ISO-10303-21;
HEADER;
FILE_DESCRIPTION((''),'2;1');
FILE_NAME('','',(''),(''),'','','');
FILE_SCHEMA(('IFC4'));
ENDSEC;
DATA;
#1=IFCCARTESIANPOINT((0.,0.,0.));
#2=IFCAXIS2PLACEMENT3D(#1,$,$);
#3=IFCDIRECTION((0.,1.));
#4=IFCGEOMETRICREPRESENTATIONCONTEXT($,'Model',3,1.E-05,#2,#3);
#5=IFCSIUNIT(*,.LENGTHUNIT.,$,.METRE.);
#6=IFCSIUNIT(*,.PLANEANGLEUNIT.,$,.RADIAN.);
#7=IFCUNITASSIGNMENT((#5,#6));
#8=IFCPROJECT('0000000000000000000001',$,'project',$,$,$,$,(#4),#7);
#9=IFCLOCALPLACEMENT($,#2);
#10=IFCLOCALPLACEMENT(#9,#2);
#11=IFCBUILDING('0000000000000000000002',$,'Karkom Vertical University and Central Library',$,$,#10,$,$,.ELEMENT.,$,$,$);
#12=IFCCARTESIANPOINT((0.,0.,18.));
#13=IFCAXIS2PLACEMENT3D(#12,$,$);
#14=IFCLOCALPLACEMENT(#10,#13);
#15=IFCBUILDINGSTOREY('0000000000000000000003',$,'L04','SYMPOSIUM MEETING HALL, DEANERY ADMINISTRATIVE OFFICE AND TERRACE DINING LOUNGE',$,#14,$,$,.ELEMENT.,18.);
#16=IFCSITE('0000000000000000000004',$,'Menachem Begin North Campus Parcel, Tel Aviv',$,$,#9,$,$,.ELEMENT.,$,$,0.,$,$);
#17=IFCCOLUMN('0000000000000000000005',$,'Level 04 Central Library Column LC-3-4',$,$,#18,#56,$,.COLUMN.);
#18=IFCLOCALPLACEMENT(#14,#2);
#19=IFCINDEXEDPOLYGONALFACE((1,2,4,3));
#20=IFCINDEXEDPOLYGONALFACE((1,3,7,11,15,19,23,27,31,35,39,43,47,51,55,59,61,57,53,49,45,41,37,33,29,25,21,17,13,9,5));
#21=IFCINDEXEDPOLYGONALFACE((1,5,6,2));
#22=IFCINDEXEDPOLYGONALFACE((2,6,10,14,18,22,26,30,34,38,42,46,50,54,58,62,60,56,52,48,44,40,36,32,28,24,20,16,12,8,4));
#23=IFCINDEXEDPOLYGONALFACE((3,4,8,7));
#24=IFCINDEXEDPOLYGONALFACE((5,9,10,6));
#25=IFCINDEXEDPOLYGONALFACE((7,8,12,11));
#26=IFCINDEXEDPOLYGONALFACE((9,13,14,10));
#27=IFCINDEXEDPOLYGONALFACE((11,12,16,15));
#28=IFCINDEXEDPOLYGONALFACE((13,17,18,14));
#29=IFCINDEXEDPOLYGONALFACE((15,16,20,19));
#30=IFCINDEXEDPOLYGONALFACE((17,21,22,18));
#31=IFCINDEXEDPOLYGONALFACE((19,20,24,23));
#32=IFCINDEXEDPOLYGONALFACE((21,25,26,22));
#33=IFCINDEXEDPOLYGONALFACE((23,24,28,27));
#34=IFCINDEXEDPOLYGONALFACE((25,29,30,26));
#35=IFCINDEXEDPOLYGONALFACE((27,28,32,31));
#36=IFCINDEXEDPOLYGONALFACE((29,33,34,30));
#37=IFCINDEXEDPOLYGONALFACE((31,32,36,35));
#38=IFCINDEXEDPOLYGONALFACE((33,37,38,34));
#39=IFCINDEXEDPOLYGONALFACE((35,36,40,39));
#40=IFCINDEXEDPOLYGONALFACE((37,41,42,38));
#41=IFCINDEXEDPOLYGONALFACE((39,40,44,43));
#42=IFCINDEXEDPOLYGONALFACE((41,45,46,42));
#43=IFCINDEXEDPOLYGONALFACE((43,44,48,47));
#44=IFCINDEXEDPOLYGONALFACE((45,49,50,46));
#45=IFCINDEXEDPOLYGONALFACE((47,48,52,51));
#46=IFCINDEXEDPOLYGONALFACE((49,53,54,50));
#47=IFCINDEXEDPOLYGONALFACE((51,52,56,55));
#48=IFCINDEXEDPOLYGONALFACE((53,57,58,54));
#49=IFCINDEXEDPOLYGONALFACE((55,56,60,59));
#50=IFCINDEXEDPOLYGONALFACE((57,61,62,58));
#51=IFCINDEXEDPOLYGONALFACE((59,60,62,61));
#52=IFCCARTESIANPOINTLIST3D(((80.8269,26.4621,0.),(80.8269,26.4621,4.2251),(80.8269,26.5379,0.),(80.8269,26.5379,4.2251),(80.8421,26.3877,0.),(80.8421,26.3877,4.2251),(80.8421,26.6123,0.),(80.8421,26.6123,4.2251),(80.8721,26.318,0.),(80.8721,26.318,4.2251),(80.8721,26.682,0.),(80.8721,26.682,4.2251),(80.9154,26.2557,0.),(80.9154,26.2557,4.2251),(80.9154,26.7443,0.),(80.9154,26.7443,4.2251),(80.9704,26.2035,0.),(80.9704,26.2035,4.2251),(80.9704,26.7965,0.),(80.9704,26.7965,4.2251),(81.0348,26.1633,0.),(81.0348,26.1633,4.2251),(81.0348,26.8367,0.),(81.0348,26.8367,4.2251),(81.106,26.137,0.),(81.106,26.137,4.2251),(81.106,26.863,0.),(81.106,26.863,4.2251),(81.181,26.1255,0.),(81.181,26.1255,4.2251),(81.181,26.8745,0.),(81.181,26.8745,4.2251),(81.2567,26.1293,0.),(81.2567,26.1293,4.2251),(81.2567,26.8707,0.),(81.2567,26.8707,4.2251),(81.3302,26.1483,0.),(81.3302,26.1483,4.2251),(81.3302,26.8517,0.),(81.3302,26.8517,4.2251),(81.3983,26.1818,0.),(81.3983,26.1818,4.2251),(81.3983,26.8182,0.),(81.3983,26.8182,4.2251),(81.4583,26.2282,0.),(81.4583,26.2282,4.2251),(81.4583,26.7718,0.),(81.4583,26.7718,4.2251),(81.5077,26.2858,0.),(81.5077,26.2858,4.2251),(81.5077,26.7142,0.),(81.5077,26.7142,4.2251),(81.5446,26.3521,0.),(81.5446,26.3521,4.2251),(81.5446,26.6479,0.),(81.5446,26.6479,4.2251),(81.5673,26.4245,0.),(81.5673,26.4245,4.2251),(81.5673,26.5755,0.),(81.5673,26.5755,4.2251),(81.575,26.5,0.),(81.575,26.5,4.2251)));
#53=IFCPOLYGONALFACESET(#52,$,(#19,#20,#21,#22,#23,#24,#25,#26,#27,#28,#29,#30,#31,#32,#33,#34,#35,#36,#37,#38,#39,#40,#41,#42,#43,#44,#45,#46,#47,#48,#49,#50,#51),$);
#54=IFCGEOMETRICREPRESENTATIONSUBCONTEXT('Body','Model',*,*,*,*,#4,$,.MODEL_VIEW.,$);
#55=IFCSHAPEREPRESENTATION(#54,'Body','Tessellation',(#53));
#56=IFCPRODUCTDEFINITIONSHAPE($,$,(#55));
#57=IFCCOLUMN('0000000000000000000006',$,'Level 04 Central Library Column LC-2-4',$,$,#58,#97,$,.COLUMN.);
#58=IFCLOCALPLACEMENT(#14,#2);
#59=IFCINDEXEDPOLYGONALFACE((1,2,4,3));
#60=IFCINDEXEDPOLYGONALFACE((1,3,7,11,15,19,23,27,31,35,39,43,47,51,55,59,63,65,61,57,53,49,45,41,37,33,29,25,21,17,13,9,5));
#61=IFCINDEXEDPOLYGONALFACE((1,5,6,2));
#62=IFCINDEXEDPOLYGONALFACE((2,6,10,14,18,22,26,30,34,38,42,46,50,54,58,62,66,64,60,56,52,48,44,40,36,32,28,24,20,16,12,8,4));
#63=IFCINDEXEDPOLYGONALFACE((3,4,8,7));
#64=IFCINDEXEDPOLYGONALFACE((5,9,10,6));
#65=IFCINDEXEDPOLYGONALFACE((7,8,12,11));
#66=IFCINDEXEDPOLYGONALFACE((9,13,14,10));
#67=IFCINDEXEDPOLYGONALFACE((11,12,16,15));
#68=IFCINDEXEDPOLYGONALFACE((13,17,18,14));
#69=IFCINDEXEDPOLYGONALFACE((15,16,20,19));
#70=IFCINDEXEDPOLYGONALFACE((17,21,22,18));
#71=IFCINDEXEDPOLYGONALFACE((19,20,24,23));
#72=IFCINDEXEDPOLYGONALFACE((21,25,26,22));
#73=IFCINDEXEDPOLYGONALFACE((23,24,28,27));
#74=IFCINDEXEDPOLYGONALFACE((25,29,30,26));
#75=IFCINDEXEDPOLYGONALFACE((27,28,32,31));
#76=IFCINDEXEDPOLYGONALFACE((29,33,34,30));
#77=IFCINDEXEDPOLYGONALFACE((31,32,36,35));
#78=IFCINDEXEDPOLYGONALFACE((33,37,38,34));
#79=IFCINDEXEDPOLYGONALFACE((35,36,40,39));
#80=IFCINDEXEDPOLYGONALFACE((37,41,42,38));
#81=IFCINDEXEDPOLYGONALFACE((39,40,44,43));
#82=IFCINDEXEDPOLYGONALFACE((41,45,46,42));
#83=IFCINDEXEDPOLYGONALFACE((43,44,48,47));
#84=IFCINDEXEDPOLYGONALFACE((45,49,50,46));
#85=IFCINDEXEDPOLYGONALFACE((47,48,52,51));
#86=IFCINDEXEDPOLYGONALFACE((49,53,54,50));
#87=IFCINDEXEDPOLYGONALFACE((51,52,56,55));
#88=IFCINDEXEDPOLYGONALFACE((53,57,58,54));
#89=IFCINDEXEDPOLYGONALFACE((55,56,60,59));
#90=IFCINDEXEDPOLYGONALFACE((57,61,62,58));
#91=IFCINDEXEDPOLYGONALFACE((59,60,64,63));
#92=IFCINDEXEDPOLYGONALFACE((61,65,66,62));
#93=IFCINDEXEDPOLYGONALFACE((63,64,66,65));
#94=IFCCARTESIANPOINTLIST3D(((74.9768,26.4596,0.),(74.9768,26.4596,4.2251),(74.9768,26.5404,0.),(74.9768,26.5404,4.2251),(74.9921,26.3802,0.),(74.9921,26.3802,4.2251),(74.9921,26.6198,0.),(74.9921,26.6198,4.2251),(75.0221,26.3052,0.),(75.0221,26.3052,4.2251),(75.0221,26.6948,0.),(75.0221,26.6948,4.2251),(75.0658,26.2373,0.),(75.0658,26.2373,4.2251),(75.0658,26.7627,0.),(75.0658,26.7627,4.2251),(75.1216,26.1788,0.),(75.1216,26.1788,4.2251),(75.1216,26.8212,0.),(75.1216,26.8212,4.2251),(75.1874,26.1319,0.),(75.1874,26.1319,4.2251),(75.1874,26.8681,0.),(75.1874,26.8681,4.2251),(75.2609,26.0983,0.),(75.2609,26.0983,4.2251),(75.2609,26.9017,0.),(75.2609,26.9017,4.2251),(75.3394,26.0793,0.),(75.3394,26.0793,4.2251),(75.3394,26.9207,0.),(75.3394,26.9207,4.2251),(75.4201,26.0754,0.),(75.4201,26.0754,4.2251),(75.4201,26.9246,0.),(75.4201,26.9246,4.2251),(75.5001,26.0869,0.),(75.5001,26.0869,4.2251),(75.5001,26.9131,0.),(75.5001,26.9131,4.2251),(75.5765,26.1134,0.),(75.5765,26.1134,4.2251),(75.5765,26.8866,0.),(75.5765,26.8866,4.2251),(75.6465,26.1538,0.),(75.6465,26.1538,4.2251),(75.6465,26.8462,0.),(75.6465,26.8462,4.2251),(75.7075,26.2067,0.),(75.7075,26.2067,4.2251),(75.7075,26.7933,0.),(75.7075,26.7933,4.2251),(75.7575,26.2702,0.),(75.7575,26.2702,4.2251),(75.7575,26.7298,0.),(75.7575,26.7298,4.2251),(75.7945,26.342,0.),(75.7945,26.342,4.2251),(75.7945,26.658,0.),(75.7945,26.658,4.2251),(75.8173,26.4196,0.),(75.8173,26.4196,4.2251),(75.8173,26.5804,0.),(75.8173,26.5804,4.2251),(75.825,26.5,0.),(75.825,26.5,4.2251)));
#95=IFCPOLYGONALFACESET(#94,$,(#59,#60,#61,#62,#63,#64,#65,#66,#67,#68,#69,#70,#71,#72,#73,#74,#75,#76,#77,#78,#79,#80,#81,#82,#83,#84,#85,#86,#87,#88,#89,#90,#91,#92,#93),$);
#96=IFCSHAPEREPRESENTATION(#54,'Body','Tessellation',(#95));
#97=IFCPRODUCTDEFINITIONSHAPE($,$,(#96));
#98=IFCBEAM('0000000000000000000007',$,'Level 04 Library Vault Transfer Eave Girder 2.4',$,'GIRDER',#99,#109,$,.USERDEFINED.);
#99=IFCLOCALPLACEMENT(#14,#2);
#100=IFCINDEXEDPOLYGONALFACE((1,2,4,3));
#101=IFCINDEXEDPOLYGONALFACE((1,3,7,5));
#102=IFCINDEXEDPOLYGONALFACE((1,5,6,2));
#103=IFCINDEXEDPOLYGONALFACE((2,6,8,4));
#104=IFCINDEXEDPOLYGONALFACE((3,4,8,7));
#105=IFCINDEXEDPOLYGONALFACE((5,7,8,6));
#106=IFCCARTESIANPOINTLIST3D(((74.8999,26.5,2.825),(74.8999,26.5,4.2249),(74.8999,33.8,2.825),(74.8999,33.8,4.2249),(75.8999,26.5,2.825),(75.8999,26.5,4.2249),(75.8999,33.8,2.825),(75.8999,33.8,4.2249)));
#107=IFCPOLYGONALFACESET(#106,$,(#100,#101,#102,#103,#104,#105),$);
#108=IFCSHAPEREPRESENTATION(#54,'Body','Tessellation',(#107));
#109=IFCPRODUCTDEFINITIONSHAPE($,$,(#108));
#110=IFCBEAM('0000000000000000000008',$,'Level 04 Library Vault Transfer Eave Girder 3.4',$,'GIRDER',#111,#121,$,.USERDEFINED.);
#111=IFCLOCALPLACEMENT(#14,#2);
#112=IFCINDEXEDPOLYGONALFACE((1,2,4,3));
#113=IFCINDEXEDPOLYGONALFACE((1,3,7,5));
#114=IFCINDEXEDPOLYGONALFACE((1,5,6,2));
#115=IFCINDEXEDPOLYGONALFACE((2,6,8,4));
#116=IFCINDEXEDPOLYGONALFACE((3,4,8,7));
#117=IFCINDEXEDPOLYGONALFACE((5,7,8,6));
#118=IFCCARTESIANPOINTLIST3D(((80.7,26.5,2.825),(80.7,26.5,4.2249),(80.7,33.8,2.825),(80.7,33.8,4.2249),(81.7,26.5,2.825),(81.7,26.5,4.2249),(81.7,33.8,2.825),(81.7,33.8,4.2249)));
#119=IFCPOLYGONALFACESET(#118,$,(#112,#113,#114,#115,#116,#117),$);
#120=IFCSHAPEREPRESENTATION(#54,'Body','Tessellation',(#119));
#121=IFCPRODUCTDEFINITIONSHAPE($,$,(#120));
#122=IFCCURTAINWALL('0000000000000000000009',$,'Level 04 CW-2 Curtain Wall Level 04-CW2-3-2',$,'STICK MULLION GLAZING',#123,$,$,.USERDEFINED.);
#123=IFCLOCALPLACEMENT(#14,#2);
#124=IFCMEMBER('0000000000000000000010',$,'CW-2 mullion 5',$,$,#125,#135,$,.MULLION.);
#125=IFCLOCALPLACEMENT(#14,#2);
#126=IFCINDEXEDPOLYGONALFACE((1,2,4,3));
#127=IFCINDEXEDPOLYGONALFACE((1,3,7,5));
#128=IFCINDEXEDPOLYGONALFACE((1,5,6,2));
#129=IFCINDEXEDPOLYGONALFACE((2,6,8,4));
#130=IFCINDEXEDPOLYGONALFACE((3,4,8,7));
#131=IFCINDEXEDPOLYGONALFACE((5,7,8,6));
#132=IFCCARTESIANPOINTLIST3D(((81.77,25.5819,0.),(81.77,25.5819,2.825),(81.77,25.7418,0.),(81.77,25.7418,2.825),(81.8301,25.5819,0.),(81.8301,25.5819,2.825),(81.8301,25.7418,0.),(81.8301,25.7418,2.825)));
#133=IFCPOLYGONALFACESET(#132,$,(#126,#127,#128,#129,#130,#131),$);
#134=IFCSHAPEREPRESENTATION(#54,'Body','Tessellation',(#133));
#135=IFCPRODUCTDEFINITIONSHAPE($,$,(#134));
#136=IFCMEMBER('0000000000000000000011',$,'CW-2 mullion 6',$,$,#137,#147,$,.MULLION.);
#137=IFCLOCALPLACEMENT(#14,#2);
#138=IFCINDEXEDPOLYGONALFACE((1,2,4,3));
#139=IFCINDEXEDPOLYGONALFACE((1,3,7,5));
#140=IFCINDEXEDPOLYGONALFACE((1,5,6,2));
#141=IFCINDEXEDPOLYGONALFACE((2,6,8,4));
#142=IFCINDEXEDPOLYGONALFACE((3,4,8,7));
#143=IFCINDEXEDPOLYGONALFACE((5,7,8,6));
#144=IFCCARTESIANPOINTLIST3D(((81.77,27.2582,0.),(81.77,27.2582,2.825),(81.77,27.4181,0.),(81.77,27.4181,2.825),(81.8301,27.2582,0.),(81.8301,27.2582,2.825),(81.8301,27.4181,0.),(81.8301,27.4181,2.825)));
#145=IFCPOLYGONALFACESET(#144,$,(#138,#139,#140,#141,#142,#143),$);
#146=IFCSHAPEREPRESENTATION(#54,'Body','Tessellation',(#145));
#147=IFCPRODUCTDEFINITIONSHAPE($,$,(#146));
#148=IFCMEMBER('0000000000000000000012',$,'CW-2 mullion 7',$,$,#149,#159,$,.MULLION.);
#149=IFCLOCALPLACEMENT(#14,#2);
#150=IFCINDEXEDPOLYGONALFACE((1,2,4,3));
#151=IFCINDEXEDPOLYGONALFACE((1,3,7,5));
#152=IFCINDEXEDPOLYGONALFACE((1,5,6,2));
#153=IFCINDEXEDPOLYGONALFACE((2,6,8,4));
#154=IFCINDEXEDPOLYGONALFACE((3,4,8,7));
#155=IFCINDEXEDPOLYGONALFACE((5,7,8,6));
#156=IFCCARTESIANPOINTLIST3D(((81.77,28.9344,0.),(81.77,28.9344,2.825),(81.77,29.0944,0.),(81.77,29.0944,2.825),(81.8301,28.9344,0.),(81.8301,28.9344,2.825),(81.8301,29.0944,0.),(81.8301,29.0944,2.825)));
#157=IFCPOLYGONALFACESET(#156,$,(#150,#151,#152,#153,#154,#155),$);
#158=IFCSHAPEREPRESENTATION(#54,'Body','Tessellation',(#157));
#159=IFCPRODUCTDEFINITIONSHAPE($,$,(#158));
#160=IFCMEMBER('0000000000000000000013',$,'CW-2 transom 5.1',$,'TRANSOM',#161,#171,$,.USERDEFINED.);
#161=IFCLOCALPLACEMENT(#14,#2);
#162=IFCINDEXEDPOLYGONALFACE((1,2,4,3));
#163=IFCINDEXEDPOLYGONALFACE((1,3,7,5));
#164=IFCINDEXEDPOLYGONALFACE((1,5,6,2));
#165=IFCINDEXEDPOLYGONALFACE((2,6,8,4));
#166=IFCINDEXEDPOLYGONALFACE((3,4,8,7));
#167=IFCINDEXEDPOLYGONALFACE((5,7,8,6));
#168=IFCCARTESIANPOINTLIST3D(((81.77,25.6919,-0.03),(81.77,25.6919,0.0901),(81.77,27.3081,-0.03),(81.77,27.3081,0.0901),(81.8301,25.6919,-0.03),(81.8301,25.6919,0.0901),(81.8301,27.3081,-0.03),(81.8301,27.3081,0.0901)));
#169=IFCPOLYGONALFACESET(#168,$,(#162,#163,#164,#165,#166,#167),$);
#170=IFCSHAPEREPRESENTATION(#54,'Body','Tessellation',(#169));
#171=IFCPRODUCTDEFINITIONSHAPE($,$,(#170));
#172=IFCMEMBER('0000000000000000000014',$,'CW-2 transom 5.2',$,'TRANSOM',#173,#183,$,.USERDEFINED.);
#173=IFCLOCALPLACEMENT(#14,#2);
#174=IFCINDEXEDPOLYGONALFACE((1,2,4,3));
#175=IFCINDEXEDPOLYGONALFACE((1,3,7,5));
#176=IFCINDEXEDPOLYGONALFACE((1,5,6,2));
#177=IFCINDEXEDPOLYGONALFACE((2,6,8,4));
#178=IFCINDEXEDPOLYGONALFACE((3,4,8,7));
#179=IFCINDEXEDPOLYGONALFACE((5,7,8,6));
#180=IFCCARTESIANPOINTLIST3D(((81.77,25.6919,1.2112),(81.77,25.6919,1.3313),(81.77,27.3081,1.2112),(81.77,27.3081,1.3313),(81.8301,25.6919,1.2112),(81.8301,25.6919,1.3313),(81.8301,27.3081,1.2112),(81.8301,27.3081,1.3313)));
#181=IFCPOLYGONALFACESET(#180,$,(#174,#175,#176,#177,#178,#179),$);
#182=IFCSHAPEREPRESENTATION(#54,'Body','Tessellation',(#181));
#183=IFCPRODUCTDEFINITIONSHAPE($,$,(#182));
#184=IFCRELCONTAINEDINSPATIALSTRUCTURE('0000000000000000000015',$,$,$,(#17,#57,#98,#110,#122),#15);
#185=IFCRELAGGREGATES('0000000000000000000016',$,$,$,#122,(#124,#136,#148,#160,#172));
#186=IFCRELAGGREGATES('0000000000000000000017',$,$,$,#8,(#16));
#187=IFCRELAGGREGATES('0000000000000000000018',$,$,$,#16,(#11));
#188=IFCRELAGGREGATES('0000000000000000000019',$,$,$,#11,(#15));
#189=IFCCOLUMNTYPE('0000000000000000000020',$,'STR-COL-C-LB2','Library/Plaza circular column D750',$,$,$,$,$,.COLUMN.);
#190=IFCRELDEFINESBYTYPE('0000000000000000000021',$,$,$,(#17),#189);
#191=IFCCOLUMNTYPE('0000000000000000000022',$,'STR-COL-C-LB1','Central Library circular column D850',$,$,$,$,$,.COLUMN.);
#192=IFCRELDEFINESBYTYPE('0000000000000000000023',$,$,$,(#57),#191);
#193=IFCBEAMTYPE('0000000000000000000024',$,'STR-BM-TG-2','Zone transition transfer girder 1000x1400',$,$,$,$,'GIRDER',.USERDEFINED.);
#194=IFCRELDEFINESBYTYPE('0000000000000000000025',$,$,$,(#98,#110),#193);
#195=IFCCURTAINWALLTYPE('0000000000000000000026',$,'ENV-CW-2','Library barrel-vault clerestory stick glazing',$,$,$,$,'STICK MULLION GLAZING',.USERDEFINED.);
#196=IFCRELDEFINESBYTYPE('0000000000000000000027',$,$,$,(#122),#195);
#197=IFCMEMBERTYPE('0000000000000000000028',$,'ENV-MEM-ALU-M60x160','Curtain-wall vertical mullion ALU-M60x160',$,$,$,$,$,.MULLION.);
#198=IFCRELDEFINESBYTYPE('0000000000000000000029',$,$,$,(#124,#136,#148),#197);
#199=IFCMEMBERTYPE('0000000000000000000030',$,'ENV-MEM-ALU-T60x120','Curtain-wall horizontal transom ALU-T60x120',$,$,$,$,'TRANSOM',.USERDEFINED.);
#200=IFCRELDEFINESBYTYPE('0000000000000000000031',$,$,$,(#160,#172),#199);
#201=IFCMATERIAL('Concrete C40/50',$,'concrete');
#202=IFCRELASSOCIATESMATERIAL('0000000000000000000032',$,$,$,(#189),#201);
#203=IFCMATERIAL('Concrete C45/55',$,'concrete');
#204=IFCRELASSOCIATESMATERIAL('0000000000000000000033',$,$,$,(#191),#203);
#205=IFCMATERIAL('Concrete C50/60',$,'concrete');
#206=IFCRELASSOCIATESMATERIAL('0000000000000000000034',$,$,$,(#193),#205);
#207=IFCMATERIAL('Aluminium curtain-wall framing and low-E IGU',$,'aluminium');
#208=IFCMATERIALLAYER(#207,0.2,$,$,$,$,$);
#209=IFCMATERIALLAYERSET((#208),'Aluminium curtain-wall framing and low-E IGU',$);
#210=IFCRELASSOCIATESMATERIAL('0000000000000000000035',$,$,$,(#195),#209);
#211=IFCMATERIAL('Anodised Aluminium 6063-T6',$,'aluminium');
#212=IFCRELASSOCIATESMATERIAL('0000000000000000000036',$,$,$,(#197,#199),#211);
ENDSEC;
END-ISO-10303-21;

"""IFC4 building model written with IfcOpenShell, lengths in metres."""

from ifc_helpers import new_model, si_unit, direction, frame, origin, origin_with_axes, origin_2d, place, context, subcontext, project, spatial, rectangle, circle, extrude, source, transform, mapped, material, layer, layer_set, material_profile, profile_set, type_object, element, aggregate, save


model = new_model("IFC4")

# Units and contexts
model_context = context("Model", 3, precision=1e-05, world=origin(), true_north=direction((0.0, 1.0)))
body_context = subcontext(model_context, "Body", "Model", "MODEL_VIEW")
ifc_project = project(units=[si_unit("LENGTHUNIT", "METRE"), si_unit("PLANEANGLEUNIT", "RADIAN")], contexts=[model_context])

# Site, building, storey
site_placement = place(None, origin())
site = spatial("IfcSite", under=ifc_project, at=site_placement, Name="Menachem Begin North Campus Parcel, Tel Aviv", CompositionType="ELEMENT", RefElevation=0.0)
building_placement = place(site_placement, origin())
building = spatial("IfcBuilding", under=site, at=building_placement, Name="Karkom Vertical University and Central Library", CompositionType="ELEMENT")
storey_placement = place(building_placement, frame((0.0, 0.0, 18.0)))
storey = spatial("IfcBuildingStorey", under=building, at=storey_placement, Name="L04", Description="SYMPOSIUM MEETING HALL, DEANERY ADMINISTRATIVE OFFICE AND TERRACE DINING LOUNGE", CompositionType="ELEMENT", Elevation=18.0)

# Columns
ifc_material_1 = material(Name="Concrete C40/50", Category="concrete")
ifc_material_profile_1 = material_profile(ifc_material_1, circle(Radius=0.375, at=origin_2d()), Name="RC-D750")
ifc_profile_set_1 = profile_set([ifc_material_profile_1], Name="Concrete C40/50")
column_type_1 = type_object("IfcColumnType", Name="STR-COL-C-LB2", Description="Library/Plaza circular column D750", PredefinedType="COLUMN", material=ifc_profile_set_1)
shared_shape_1 = source(origin_with_axes(), body_context, "Body", "SweptSolid", [
    extrude(circle(Radius=0.375, at=origin_2d()), origin(), (0.0, 0.0, 1.0), 4.2251),
])
column_1_placement = place(storey_placement, frame((81.2, 26.5, 0.0), z_axis=(0.0, 0.0, 1.0), x_axis=(1.0, 0.0, 0.0)))
element("IfcColumn", 1, at=column_1_placement, inside=storey, type_object=column_type_1, Name="Level 04 Central Library Column LC-3-4", PredefinedType="COLUMN", context=body_context, shape_type="MappedRepresentation", body=[
    mapped(shared_shape_1, transform((0.0, 0.0, 0.0), scale=1.0)),
])
ifc_material_2 = material(Name="Concrete C45/55", Category="concrete")
ifc_material_profile_2 = material_profile(ifc_material_2, circle(Radius=0.425, at=origin_2d()), Name="RC-D850")
ifc_profile_set_2 = profile_set([ifc_material_profile_2], Name="Concrete C45/55")
column_type_2 = type_object("IfcColumnType", Name="STR-COL-C-LB1", Description="Central Library circular column D850", PredefinedType="COLUMN", material=ifc_profile_set_2)
shared_shape_2 = source(origin_with_axes(), body_context, "Body", "SweptSolid", [
    extrude(circle(Radius=0.425, at=origin_2d()), origin(), (0.0, 0.0, 1.0), 4.2251),
])
column_2_placement = place(storey_placement, frame((75.3999, 26.5, 0.0), z_axis=(0.0, 0.0, 1.0), x_axis=(1.0, 0.0, 0.0)))
element("IfcColumn", 2, at=column_2_placement, inside=storey, type_object=column_type_2, Name="Level 04 Central Library Column LC-2-4", PredefinedType="COLUMN", context=body_context, shape_type="MappedRepresentation", body=[
    mapped(shared_shape_2, transform((0.0, 0.0, 0.0), scale=1.0)),
])

# Beams
ifc_material_3 = material(Name="Concrete C50/60", Category="concrete")
ifc_material_profile_3 = material_profile(ifc_material_3, rectangle(XDim=1.0, YDim=1.3999, at=origin_2d()), Name="TG-1000x1400")
ifc_profile_set_3 = profile_set([ifc_material_profile_3], Name="Concrete C50/60")
beam_type = type_object("IfcBeamType", Name="STR-BM-TG-2", Description="Zone transition transfer girder 1000x1400", ElementType="GIRDER", PredefinedType="USERDEFINED", material=ifc_profile_set_3)
shared_shape_3 = source(origin_with_axes(), body_context, "Body", "SweptSolid", [
    extrude(rectangle(XDim=1.0, YDim=1.3999, at=origin_2d()), origin(), (0.0, 0.0, 1.0), 7.3),
])
for number, where, z_axis, x_axis, name in (
    (3, (75.3999, 26.5, 3.5249), (0.0, 1.0, 0.0), (-1.0, 0.0, 0.0), "Level 04 Library Vault Transfer Eave Girder 2.4"),
    (4, (81.2, 26.5, 3.5249), (0.0, 1.0, 0.0), (-1.0, 0.0, 0.0), "Level 04 Library Vault Transfer Eave Girder 3.4"),
):
    element("IfcBeam", number, at=place(storey_placement, frame(where, z_axis=z_axis, x_axis=x_axis)), inside=storey, type_object=beam_type, Name=name, ObjectType="GIRDER", PredefinedType="USERDEFINED", context=body_context, shape_type="MappedRepresentation", body=[
        mapped(shared_shape_3, transform((0.0, 0.0, 0.0), scale=1.0)),
    ])

# Curtain wall, members
ifc_material_4 = material(Name="Aluminium curtain-wall framing and low-E IGU", Category="aluminium")
ifc_layer_1 = layer(ifc_material_4, 0.2)
ifc_layer_set_1 = layer_set([ifc_layer_1], Name="Aluminium curtain-wall framing and low-E IGU")
curtain_wall_type = type_object("IfcCurtainWallType", Name="ENV-CW-2", Description="Library barrel-vault clerestory stick glazing", ElementType="STICK MULLION GLAZING", PredefinedType="USERDEFINED", material=ifc_layer_set_1)
curtain_wall_placement = place(storey_placement, origin())
curtain_wall = element("IfcCurtainWall", 5, at=curtain_wall_placement, inside=storey, type_object=curtain_wall_type, Name="Level 04 CW-2 Curtain Wall Level 04-CW2-3-2", ObjectType="STICK MULLION GLAZING", PredefinedType="USERDEFINED")
ifc_material_5 = material(Name="Anodised Aluminium 6063-T6", Category="aluminium")
ifc_material_profile_4 = material_profile(ifc_material_5, rectangle(XDim=0.0601, YDim=0.1599, at=origin_2d()), Name="ALU-M60x160")
ifc_profile_set_4 = profile_set([ifc_material_profile_4], Name="Anodised Aluminium 6063-T6")
member_type_1 = type_object("IfcMemberType", Name="ENV-MEM-ALU-M60x160", Description="Curtain-wall vertical mullion ALU-M60x160", PredefinedType="MULLION", material=ifc_profile_set_4)
shared_shape_4 = source(origin_with_axes(), body_context, "Body", "SweptSolid", [
    extrude(rectangle(XDim=0.0601, YDim=0.1599, at=origin_2d()), origin(), (0.0, 0.0, 1.0), 2.825),
])
member_1_placement = place(storey_placement, frame((81.8, 25.6619, 0.0), z_axis=(0.0, 0.0, 1.0), x_axis=(-1.0, 0.0, 0.0)))
member_1 = element("IfcMember", 6, at=member_1_placement, type_object=member_type_1, Name="CW-2 mullion 5", PredefinedType="MULLION", context=body_context, shape_type="MappedRepresentation", body=[
    mapped(shared_shape_4, transform((0.0, 0.0, 0.0), scale=1.0)),
])
member_2_placement = place(storey_placement, frame((81.8, 27.3381, 0.0), z_axis=(0.0, 0.0, 1.0), x_axis=(-1.0, 0.0, 0.0)))
member_2 = element("IfcMember", 7, at=member_2_placement, type_object=member_type_1, Name="CW-2 mullion 6", PredefinedType="MULLION", context=body_context, shape_type="MappedRepresentation", body=[
    mapped(shared_shape_4, transform((0.0, 0.0, 0.0), scale=1.0)),
])
member_3_placement = place(storey_placement, frame((81.8, 29.0144, 0.0), z_axis=(0.0, 0.0, 1.0), x_axis=(-1.0, 0.0, 0.0)))
member_3 = element("IfcMember", 8, at=member_3_placement, type_object=member_type_1, Name="CW-2 mullion 7", PredefinedType="MULLION", context=body_context, shape_type="MappedRepresentation", body=[
    mapped(shared_shape_4, transform((0.0, 0.0, 0.0), scale=1.0)),
])
ifc_material_profile_5 = material_profile(ifc_material_5, rectangle(XDim=0.0601, YDim=0.1201, at=origin_2d()), Name="ALU-T60x120")
ifc_profile_set_5 = profile_set([ifc_material_profile_5], Name="Anodised Aluminium 6063-T6")
member_type_2 = type_object("IfcMemberType", Name="ENV-MEM-ALU-T60x120", Description="Curtain-wall horizontal transom ALU-T60x120", ElementType="TRANSOM", PredefinedType="USERDEFINED", material=ifc_profile_set_5)
shared_shape_5 = source(origin_with_axes(), body_context, "Body", "SweptSolid", [
    extrude(rectangle(XDim=0.0601, YDim=0.1201, at=origin_2d()), origin(), (0.0, 0.0, 1.0), 1.6162),
])
member_4_placement = place(storey_placement, frame((81.8, 25.6919, 0.03), z_axis=(0.0, 1.0, 0.0), x_axis=(-1.0, 0.0, 0.0)))
member_4 = element("IfcMember", 9, at=member_4_placement, type_object=member_type_2, Name="CW-2 transom 5.1", ObjectType="TRANSOM", PredefinedType="USERDEFINED", context=body_context, shape_type="MappedRepresentation", body=[
    mapped(shared_shape_5, transform((0.0, 0.0, 0.0), scale=1.0)),
])
member_5_placement = place(storey_placement, frame((81.8, 25.6919, 1.2712), z_axis=(0.0, 1.0, 0.0), x_axis=(-1.0, 0.0, 0.0)))
member_5 = element("IfcMember", 10, at=member_5_placement, type_object=member_type_2, Name="CW-2 transom 5.2", ObjectType="TRANSOM", PredefinedType="USERDEFINED", context=body_context, shape_type="MappedRepresentation", body=[
    mapped(shared_shape_5, transform((0.0, 0.0, 0.0), scale=1.0)),
])
aggregate(curtain_wall, [member_1, member_2, member_3, member_4, member_5])

save(model, "model.ifc")
